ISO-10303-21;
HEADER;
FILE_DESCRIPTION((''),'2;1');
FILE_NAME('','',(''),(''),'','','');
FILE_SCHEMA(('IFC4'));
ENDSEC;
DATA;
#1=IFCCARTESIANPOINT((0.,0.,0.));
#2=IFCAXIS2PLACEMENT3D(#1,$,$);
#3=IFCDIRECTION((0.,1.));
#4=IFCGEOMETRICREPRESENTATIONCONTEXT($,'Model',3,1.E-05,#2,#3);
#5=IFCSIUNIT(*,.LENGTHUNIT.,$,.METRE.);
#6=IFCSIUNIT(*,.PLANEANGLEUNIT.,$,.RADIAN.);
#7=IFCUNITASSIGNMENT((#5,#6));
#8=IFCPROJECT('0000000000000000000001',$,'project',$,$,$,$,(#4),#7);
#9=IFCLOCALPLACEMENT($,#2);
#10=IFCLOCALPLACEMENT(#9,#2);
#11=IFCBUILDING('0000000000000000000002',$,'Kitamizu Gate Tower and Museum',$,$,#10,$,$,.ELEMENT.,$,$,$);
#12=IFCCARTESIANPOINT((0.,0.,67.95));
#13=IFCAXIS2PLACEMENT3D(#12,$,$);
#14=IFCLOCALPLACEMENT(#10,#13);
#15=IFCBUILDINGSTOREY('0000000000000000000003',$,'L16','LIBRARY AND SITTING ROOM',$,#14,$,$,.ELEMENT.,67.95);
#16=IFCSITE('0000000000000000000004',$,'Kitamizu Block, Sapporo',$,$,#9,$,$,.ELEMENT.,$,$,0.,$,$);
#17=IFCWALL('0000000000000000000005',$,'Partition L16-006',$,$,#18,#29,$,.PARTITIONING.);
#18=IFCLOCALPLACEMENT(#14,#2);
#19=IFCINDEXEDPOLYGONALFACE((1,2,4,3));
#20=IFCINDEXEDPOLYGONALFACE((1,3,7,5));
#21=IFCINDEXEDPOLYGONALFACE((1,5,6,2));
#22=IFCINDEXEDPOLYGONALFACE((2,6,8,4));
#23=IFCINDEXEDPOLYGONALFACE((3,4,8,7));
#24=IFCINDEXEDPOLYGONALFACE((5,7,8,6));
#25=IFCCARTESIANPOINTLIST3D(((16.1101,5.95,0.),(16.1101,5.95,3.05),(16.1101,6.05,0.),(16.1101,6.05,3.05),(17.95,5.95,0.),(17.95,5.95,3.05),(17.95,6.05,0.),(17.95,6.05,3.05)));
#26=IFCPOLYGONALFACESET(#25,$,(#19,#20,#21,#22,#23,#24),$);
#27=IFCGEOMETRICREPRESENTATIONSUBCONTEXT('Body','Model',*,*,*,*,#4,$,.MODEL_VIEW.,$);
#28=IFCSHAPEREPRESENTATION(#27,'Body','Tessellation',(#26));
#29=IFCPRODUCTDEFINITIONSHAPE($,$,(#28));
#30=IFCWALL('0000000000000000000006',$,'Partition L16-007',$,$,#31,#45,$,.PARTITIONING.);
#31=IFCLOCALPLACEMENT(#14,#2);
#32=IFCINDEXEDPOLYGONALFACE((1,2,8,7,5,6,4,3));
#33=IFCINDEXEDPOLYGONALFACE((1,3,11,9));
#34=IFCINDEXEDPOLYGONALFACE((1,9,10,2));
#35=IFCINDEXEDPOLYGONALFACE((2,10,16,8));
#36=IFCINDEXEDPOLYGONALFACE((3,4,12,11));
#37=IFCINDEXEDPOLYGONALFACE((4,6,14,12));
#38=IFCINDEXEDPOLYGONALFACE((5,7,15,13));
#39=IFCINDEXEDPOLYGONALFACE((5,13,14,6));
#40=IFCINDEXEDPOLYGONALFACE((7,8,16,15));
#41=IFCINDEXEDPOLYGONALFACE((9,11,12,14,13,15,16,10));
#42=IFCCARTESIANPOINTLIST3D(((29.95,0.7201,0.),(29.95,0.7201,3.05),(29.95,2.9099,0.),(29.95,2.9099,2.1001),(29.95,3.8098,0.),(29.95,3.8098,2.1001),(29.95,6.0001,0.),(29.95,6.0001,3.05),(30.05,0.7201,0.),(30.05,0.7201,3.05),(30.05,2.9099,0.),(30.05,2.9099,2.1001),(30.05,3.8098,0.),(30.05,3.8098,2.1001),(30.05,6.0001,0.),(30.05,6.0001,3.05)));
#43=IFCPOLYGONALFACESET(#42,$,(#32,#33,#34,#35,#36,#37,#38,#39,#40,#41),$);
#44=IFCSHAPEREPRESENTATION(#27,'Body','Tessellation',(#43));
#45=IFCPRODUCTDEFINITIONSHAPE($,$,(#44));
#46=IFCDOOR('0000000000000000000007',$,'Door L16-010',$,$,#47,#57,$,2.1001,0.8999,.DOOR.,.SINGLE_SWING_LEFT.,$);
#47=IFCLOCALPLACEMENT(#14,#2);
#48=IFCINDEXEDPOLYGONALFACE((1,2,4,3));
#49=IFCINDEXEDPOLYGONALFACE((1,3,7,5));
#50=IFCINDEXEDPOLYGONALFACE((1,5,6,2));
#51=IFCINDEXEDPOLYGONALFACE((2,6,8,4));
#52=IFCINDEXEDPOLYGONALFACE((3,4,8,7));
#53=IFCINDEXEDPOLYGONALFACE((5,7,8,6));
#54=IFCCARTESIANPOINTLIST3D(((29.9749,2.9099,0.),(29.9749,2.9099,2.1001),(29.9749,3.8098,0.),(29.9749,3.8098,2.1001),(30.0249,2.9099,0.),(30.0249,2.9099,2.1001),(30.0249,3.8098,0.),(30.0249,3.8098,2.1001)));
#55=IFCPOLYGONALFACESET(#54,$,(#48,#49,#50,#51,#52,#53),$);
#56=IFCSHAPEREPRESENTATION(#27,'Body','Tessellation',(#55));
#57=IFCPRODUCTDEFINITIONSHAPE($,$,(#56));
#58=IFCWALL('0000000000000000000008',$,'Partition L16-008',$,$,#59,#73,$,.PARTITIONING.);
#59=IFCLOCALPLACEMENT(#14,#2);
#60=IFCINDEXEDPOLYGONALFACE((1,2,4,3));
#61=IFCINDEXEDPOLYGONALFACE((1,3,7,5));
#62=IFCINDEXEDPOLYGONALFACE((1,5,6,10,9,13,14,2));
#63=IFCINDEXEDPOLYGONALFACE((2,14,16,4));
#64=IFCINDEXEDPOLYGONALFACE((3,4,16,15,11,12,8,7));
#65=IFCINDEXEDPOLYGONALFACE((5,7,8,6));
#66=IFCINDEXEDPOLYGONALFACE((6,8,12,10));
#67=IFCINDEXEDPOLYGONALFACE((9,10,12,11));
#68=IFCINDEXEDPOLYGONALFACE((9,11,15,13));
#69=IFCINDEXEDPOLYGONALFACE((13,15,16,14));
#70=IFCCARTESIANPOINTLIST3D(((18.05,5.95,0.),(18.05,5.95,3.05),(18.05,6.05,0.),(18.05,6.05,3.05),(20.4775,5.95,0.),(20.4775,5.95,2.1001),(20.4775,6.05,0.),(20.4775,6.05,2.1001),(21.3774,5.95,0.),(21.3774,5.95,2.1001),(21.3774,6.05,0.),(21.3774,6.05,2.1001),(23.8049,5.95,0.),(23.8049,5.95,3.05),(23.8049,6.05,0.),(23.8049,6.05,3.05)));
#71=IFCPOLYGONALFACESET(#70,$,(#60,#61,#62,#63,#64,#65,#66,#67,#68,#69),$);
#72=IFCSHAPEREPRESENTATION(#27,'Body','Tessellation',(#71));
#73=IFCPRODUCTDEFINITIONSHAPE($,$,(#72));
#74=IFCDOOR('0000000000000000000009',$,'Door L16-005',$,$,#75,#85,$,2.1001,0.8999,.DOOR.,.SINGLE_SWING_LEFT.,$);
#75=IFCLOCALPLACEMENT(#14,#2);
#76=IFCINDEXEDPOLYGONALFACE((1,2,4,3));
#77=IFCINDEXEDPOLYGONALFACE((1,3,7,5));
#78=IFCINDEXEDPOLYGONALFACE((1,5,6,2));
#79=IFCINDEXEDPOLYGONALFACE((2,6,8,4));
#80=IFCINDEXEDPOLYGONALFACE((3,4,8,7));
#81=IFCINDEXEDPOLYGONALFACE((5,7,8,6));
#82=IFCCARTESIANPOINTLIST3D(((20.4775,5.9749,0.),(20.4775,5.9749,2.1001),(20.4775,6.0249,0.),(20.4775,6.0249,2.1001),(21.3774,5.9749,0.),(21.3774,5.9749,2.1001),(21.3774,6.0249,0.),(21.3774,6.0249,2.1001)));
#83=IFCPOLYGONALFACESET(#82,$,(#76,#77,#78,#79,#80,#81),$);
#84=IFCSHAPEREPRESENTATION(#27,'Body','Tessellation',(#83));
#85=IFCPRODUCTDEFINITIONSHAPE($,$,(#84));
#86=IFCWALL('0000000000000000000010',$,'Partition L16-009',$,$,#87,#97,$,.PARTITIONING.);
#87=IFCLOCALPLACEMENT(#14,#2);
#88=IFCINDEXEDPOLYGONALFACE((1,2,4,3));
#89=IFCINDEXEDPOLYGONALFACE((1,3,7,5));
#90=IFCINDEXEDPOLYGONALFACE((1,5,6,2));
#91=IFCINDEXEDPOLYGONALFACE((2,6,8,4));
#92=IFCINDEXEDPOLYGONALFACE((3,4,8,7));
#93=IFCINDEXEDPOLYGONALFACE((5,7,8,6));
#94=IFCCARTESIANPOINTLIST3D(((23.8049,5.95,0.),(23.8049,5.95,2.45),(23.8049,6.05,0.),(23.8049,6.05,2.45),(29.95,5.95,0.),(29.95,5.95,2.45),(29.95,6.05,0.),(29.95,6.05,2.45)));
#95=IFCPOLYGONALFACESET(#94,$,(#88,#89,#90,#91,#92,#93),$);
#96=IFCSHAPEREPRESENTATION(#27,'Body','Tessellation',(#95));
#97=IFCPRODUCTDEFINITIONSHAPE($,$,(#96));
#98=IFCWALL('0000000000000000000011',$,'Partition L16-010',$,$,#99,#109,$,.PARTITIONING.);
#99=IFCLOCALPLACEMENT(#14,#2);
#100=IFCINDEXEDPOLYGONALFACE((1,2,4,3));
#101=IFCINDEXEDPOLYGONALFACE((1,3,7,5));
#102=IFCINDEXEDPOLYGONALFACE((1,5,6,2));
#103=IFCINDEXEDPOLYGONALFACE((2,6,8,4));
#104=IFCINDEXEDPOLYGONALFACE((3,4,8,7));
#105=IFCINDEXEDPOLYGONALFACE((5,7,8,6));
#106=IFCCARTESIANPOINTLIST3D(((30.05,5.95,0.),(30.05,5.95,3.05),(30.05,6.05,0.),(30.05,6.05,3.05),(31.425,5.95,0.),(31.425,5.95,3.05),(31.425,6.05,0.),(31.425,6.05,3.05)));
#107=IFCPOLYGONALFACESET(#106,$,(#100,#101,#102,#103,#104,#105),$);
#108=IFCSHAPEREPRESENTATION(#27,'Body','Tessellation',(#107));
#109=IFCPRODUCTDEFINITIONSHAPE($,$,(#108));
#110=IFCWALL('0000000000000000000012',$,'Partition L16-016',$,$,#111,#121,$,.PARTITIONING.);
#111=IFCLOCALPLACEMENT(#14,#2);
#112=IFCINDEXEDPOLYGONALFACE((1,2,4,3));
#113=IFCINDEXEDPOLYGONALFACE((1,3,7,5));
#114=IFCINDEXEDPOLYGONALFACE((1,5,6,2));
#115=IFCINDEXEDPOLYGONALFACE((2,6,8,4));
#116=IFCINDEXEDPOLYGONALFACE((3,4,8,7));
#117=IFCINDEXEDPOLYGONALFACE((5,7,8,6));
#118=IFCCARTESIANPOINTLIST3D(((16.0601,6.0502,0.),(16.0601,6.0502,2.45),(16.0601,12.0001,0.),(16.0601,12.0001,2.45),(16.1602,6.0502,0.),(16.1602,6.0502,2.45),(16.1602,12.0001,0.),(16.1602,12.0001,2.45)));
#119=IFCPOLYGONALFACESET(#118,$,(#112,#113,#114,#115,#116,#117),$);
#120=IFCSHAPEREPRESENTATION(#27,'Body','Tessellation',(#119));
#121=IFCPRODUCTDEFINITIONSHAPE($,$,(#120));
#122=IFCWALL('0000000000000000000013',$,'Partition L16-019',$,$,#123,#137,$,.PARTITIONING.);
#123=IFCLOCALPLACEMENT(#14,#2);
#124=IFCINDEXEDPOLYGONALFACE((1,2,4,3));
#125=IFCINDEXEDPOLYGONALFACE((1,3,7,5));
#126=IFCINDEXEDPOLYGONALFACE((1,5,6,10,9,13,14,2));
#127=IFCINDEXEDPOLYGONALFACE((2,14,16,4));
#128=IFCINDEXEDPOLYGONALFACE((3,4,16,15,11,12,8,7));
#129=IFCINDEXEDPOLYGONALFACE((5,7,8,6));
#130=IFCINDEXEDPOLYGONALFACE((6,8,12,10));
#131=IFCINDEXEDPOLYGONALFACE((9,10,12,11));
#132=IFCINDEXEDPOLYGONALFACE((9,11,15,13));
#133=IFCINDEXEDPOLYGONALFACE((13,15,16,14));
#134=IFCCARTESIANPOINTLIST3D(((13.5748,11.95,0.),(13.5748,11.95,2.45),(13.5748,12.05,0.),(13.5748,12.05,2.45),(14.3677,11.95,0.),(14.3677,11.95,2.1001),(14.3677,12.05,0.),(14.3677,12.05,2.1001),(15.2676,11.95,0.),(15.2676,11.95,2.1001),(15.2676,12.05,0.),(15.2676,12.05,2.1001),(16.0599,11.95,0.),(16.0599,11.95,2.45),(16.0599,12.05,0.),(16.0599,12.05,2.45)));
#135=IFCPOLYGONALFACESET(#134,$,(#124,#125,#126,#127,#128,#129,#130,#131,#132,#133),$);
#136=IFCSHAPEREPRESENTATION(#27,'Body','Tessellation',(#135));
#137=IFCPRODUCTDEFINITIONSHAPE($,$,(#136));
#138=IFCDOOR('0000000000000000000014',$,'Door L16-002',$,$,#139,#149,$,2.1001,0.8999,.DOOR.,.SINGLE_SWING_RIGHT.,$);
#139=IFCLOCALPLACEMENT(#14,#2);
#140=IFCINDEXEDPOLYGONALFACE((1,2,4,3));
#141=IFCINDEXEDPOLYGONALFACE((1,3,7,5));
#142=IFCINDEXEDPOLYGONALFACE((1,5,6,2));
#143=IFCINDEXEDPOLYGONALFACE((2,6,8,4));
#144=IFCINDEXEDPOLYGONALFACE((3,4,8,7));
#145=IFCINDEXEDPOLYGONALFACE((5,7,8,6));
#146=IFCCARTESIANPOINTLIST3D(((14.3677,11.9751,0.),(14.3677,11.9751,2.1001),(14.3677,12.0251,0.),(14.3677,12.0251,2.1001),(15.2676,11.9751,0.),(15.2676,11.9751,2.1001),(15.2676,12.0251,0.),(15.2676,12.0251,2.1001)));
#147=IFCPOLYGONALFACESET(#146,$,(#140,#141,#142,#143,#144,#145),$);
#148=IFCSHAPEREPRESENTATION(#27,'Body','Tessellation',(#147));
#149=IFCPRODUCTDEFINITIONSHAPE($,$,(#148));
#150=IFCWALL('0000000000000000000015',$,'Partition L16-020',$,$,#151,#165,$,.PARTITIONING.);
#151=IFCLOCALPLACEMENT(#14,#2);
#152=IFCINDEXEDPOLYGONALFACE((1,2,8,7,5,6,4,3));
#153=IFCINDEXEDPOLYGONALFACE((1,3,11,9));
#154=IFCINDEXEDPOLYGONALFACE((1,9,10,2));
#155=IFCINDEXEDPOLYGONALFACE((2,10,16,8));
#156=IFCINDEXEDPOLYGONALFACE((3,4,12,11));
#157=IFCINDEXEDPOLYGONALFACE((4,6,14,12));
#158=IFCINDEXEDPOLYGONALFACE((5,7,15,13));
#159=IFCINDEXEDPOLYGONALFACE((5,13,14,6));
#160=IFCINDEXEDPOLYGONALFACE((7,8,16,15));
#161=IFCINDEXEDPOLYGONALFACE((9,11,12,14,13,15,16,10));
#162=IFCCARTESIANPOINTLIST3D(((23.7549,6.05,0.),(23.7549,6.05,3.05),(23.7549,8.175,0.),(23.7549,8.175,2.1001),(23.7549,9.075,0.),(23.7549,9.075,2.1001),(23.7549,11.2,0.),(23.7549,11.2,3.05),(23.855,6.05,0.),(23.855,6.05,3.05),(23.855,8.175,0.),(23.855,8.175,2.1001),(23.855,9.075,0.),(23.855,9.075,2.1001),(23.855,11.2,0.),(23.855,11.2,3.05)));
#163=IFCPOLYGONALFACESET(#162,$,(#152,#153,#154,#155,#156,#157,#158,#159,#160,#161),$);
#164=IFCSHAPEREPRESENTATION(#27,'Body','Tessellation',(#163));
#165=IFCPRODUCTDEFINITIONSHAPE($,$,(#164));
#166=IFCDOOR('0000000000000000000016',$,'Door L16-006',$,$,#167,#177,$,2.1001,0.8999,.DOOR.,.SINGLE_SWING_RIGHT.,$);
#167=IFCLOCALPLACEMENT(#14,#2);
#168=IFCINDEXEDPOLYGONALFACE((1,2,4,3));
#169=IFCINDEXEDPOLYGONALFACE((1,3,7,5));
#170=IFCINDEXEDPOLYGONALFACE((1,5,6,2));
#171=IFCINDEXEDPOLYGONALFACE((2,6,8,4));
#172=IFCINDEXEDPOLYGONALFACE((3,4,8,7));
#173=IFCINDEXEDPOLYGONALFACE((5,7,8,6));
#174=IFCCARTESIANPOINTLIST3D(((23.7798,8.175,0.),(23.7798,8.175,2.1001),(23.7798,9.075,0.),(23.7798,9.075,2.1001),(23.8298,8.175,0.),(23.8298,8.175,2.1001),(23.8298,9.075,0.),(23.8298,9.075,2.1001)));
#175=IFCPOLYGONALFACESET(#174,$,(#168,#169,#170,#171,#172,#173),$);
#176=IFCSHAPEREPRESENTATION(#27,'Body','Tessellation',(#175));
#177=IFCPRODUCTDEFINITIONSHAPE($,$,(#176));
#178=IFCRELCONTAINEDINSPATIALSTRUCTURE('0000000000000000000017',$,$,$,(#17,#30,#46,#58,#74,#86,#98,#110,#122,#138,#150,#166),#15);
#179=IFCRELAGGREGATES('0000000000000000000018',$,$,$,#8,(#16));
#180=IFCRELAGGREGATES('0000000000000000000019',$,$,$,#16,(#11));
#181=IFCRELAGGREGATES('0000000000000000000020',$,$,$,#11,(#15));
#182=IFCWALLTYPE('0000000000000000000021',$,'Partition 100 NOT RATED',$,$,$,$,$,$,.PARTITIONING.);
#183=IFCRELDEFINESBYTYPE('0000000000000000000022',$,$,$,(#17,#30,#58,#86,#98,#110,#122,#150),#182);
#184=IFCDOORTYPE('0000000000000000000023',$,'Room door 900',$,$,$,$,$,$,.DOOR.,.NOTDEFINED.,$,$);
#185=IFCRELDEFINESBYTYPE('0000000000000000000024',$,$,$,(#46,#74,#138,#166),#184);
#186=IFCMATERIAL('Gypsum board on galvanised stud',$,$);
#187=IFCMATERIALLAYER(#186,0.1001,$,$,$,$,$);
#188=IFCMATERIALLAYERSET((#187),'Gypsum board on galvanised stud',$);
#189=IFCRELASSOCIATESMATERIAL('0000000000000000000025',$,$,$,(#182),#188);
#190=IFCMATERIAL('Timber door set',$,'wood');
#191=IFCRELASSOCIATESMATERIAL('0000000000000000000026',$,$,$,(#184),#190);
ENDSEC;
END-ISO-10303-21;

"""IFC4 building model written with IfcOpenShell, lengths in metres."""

from ifc_helpers import new_model, si_unit, direction, frame, frame_2d, origin, place, context, subcontext, project, spatial, rectangle, extrude, material, layer, layer_set, type_object, element, fill, save


model = new_model("IFC4")

# Units and contexts
model_context = context("Model", 3, precision=1e-05, world=origin(), true_north=direction((0.0, 1.0)))
body_context = subcontext(model_context, "Body", "Model", "MODEL_VIEW")
ifc_project = project(units=[si_unit("LENGTHUNIT", "METRE"), si_unit("PLANEANGLEUNIT", "RADIAN")], contexts=[model_context])

# Site, building, storey
site_placement = place(None, origin())
site = spatial("IfcSite", under=ifc_project, at=site_placement, Name="Kitamizu Block, Sapporo", CompositionType="ELEMENT", RefElevation=0.0)
building_placement = place(site_placement, origin())
building = spatial("IfcBuilding", under=site, at=building_placement, Name="Kitamizu Gate Tower and Museum", CompositionType="ELEMENT")
storey_placement = place(building_placement, frame((0.0, 0.0, 67.95)))
storey = spatial("IfcBuildingStorey", under=building, at=storey_placement, Name="L16", Description="LIBRARY AND SITTING ROOM", CompositionType="ELEMENT", Elevation=67.95)

# Shared definitions
ifc_material_1 = material(Name="Gypsum board on galvanised stud")
ifc_layer_1 = layer(ifc_material_1, 0.1001)
ifc_layer_set_1 = layer_set([ifc_layer_1], Name="Gypsum board on galvanised stud")
wall_type_1 = type_object("IfcWallType", Name="Partition 100 NOT RATED", PredefinedType="PARTITIONING", material=ifc_layer_set_1)
ifc_material_2 = material(Name="Timber door set", Category="wood")
door_type_1 = type_object("IfcDoorType", Name="Room door 900", OperationType="NOTDEFINED", PredefinedType="DOOR", material=ifc_material_2)

# Wall
wall_1_placement = place(storey_placement, frame((17.95, 6.0, 0.0), z_axis=(0.0, 0.0, 1.0), x_axis=(-1.0, 0.0, 0.0)))
element("IfcWall", 1, at=wall_1_placement, inside=storey, type_object=wall_type_1, Name="Partition L16-006", PredefinedType="PARTITIONING", context=body_context, shape_type="SweptSolid", body=[
    extrude(rectangle(XDim=1.8398, YDim=0.1001, at=frame_2d((0.9199, 0.0))), origin(), (0.0, 0.0, 1.0), 3.05),
])

# Walls, openings, doors
wall_2_placement = place(storey_placement, frame((30.0, 0.72, 0.0), z_axis=(0.0, 0.0, 1.0), x_axis=(0.0, 1.0, 0.0)))
wall_2 = element("IfcWall", 2, at=wall_2_placement, inside=storey, type_object=wall_type_1, Name="Partition L16-007", PredefinedType="PARTITIONING", context=body_context, shape_type="SweptSolid", body=[
    extrude(rectangle(XDim=5.28, YDim=0.1001, at=frame_2d((2.6401, 0.0))), origin(), (0.0, 0.0, 1.0), 3.05),
])
opening_1_placement = place(wall_2_placement, frame((2.1899, 0.0, 0.0)))
opening_1 = element("IfcOpeningElement", 3, at=opening_1_placement, cuts=wall_2, PredefinedType="OPENING", context=body_context, shape_type="SweptSolid", body=[
    extrude(rectangle(XDim=0.8999, YDim=2.1001, at=frame_2d((0.45, 1.05))), frame((0.0, 0.0601, 0.0), z_axis=(0.0, -1.0, 0.0), x_axis=(1.0, 0.0, 0.0)), (0.0, 0.0, 1.0), 0.1201),
])
door_1_placement = place(opening_1_placement, frame((0.8999, 0.0, 0.0), x_axis=(-1.0, 0.0, 0.0)))
door_1 = element("IfcDoor", 4, at=door_1_placement, inside=storey, type_object=door_type_1, Name="Door L16-010", OperationType="SINGLE_SWING_LEFT", OverallHeight=2.1001, OverallWidth=0.8999, PredefinedType="DOOR", context=body_context, shape_type="SweptSolid", body=[
    extrude(rectangle(XDim=0.8999, YDim=2.1001, at=frame_2d((0.45, 1.05))), frame((0.0, 0.0249, 0.0), z_axis=(0.0, -1.0, 0.0), x_axis=(1.0, 0.0, 0.0)), (0.0, 0.0, 1.0), 0.05),
])
fill(opening_1, door_1)
wall_3_placement = place(storey_placement, frame((23.8049, 6.0, 0.0), z_axis=(0.0, 0.0, 1.0), x_axis=(-1.0, 0.0, 0.0)))
wall_3 = element("IfcWall", 5, at=wall_3_placement, inside=storey, type_object=wall_type_1, Name="Partition L16-008", PredefinedType="PARTITIONING", context=body_context, shape_type="SweptSolid", body=[
    extrude(rectangle(XDim=5.7549, YDim=0.1001, at=frame_2d((2.8774, 0.0))), origin(), (0.0, 0.0, 1.0), 3.05),
])
opening_2_placement = place(wall_3_placement, frame((2.4275, 0.0, 0.0)))
opening_2 = element("IfcOpeningElement", 6, at=opening_2_placement, cuts=wall_3, PredefinedType="OPENING", context=body_context, shape_type="SweptSolid", body=[
    extrude(rectangle(XDim=0.8999, YDim=2.1001, at=frame_2d((0.45, 1.05))), frame((0.0, 0.0601, 0.0), z_axis=(0.0, -1.0, 0.0), x_axis=(1.0, 0.0, 0.0)), (0.0, 0.0, 1.0), 0.1201),
])
door_2_placement = place(opening_2_placement, frame((0.8999, 0.0, 0.0), x_axis=(-1.0, 0.0, 0.0)))
door_2 = element("IfcDoor", 7, at=door_2_placement, inside=storey, type_object=door_type_1, Name="Door L16-005", OperationType="SINGLE_SWING_LEFT", OverallHeight=2.1001, OverallWidth=0.8999, PredefinedType="DOOR", context=body_context, shape_type="SweptSolid", body=[
    extrude(rectangle(XDim=0.8999, YDim=2.1001, at=frame_2d((0.45, 1.05))), frame((0.0, 0.0249, 0.0), z_axis=(0.0, -1.0, 0.0), x_axis=(1.0, 0.0, 0.0)), (0.0, 0.0, 1.0), 0.05),
])
fill(opening_2, door_2)

# Walls
wall_4_placement = place(storey_placement, frame((29.95, 6.0, 0.0), z_axis=(0.0, 0.0, 1.0), x_axis=(-1.0, 0.0, 0.0)))
element("IfcWall", 8, at=wall_4_placement, inside=storey, type_object=wall_type_1, Name="Partition L16-009", PredefinedType="PARTITIONING", context=body_context, shape_type="SweptSolid", body=[
    extrude(rectangle(XDim=6.145, YDim=0.1001, at=frame_2d((3.0725, 0.0))), origin(), (0.0, 0.0, 1.0), 2.45),
])
wall_5_placement = place(storey_placement, frame((31.425, 6.0, 0.0), z_axis=(0.0, 0.0, 1.0), x_axis=(-1.0, 0.0, 0.0)))
element("IfcWall", 9, at=wall_5_placement, inside=storey, type_object=wall_type_1, Name="Partition L16-010", PredefinedType="PARTITIONING", context=body_context, shape_type="SweptSolid", body=[
    extrude(rectangle(XDim=1.375, YDim=0.1001, at=frame_2d((0.6875, 0.0))), origin(), (0.0, 0.0, 1.0), 3.05),
])
wall_6_placement = place(storey_placement, frame((16.1101, 6.05, 0.0), z_axis=(0.0, 0.0, 1.0), x_axis=(0.0, 1.0, 0.0)))
element("IfcWall", 10, at=wall_6_placement, inside=storey, type_object=wall_type_1, Name="Partition L16-016", PredefinedType="PARTITIONING", context=body_context, shape_type="SweptSolid", body=[
    extrude(rectangle(XDim=5.95, YDim=0.1001, at=frame_2d((2.9751, 0.0))), origin(), (0.0, 0.0, 1.0), 2.45),
])

# Walls, openings, doors
wall_7_placement = place(storey_placement, frame((16.0601, 12.0, 0.0), z_axis=(0.0, 0.0, 1.0), x_axis=(-1.0, 0.0, 0.0)))
wall_7 = element("IfcWall", 11, at=wall_7_placement, inside=storey, type_object=wall_type_1, Name="Partition L16-019", PredefinedType="PARTITIONING", context=body_context, shape_type="SweptSolid", body=[
    extrude(rectangle(XDim=2.4851, YDim=0.1001, at=frame_2d((1.2427, 0.0))), origin(), (0.0, 0.0, 1.0), 2.45),
])
opening_3_placement = place(wall_7_placement, frame((0.7925, 0.0, 0.0)))
opening_3 = element("IfcOpeningElement", 12, at=opening_3_placement, cuts=wall_7, PredefinedType="OPENING", context=body_context, shape_type="SweptSolid", body=[
    extrude(rectangle(XDim=0.8999, YDim=2.1001, at=frame_2d((0.45, 1.05))), frame((0.0, 0.0601, 0.0), z_axis=(0.0, -1.0, 0.0), x_axis=(1.0, 0.0, 0.0)), (0.0, 0.0, 1.0), 0.1201),
])
door_3_placement = place(opening_3_placement, origin())
door_3 = element("IfcDoor", 13, at=door_3_placement, inside=storey, type_object=door_type_1, Name="Door L16-002", OperationType="SINGLE_SWING_RIGHT", OverallHeight=2.1001, OverallWidth=0.8999, PredefinedType="DOOR", context=body_context, shape_type="SweptSolid", body=[
    extrude(rectangle(XDim=0.8999, YDim=2.1001, at=frame_2d((0.45, 1.05))), frame((0.0, 0.0249, 0.0), z_axis=(0.0, -1.0, 0.0), x_axis=(1.0, 0.0, 0.0)), (0.0, 0.0, 1.0), 0.05),
])
fill(opening_3, door_3)
wall_8_placement = place(storey_placement, frame((23.8049, 6.05, 0.0), z_axis=(0.0, 0.0, 1.0), x_axis=(0.0, 1.0, 0.0)))
wall_8 = element("IfcWall", 14, at=wall_8_placement, inside=storey, type_object=wall_type_1, Name="Partition L16-020", PredefinedType="PARTITIONING", context=body_context, shape_type="SweptSolid", body=[
    extrude(rectangle(XDim=5.1499, YDim=0.1001, at=frame_2d((2.575, 0.0))), origin(), (0.0, 0.0, 1.0), 3.05),
])
opening_4_placement = place(wall_8_placement, frame((2.125, 0.0, 0.0)))
opening_4 = element("IfcOpeningElement", 15, at=opening_4_placement, cuts=wall_8, PredefinedType="OPENING", context=body_context, shape_type="SweptSolid", body=[
    extrude(rectangle(XDim=0.8999, YDim=2.1001, at=frame_2d((0.45, 1.05))), frame((0.0, 0.0601, 0.0), z_axis=(0.0, -1.0, 0.0), x_axis=(1.0, 0.0, 0.0)), (0.0, 0.0, 1.0), 0.1201),
])
door_4_placement = place(opening_4_placement, frame((0.8999, 0.0, 0.0), x_axis=(-1.0, 0.0, 0.0)))
door_4 = element("IfcDoor", 16, at=door_4_placement, inside=storey, type_object=door_type_1, Name="Door L16-006", OperationType="SINGLE_SWING_RIGHT", OverallHeight=2.1001, OverallWidth=0.8999, PredefinedType="DOOR", context=body_context, shape_type="SweptSolid", body=[
    extrude(rectangle(XDim=0.8999, YDim=2.1001, at=frame_2d((0.45, 1.05))), frame((0.0, 0.0249, 0.0), z_axis=(0.0, -1.0, 0.0), x_axis=(1.0, 0.0, 0.0)), (0.0, 0.0, 1.0), 0.05),
])
fill(opening_4, door_4)

save(model, "model.ifc")
